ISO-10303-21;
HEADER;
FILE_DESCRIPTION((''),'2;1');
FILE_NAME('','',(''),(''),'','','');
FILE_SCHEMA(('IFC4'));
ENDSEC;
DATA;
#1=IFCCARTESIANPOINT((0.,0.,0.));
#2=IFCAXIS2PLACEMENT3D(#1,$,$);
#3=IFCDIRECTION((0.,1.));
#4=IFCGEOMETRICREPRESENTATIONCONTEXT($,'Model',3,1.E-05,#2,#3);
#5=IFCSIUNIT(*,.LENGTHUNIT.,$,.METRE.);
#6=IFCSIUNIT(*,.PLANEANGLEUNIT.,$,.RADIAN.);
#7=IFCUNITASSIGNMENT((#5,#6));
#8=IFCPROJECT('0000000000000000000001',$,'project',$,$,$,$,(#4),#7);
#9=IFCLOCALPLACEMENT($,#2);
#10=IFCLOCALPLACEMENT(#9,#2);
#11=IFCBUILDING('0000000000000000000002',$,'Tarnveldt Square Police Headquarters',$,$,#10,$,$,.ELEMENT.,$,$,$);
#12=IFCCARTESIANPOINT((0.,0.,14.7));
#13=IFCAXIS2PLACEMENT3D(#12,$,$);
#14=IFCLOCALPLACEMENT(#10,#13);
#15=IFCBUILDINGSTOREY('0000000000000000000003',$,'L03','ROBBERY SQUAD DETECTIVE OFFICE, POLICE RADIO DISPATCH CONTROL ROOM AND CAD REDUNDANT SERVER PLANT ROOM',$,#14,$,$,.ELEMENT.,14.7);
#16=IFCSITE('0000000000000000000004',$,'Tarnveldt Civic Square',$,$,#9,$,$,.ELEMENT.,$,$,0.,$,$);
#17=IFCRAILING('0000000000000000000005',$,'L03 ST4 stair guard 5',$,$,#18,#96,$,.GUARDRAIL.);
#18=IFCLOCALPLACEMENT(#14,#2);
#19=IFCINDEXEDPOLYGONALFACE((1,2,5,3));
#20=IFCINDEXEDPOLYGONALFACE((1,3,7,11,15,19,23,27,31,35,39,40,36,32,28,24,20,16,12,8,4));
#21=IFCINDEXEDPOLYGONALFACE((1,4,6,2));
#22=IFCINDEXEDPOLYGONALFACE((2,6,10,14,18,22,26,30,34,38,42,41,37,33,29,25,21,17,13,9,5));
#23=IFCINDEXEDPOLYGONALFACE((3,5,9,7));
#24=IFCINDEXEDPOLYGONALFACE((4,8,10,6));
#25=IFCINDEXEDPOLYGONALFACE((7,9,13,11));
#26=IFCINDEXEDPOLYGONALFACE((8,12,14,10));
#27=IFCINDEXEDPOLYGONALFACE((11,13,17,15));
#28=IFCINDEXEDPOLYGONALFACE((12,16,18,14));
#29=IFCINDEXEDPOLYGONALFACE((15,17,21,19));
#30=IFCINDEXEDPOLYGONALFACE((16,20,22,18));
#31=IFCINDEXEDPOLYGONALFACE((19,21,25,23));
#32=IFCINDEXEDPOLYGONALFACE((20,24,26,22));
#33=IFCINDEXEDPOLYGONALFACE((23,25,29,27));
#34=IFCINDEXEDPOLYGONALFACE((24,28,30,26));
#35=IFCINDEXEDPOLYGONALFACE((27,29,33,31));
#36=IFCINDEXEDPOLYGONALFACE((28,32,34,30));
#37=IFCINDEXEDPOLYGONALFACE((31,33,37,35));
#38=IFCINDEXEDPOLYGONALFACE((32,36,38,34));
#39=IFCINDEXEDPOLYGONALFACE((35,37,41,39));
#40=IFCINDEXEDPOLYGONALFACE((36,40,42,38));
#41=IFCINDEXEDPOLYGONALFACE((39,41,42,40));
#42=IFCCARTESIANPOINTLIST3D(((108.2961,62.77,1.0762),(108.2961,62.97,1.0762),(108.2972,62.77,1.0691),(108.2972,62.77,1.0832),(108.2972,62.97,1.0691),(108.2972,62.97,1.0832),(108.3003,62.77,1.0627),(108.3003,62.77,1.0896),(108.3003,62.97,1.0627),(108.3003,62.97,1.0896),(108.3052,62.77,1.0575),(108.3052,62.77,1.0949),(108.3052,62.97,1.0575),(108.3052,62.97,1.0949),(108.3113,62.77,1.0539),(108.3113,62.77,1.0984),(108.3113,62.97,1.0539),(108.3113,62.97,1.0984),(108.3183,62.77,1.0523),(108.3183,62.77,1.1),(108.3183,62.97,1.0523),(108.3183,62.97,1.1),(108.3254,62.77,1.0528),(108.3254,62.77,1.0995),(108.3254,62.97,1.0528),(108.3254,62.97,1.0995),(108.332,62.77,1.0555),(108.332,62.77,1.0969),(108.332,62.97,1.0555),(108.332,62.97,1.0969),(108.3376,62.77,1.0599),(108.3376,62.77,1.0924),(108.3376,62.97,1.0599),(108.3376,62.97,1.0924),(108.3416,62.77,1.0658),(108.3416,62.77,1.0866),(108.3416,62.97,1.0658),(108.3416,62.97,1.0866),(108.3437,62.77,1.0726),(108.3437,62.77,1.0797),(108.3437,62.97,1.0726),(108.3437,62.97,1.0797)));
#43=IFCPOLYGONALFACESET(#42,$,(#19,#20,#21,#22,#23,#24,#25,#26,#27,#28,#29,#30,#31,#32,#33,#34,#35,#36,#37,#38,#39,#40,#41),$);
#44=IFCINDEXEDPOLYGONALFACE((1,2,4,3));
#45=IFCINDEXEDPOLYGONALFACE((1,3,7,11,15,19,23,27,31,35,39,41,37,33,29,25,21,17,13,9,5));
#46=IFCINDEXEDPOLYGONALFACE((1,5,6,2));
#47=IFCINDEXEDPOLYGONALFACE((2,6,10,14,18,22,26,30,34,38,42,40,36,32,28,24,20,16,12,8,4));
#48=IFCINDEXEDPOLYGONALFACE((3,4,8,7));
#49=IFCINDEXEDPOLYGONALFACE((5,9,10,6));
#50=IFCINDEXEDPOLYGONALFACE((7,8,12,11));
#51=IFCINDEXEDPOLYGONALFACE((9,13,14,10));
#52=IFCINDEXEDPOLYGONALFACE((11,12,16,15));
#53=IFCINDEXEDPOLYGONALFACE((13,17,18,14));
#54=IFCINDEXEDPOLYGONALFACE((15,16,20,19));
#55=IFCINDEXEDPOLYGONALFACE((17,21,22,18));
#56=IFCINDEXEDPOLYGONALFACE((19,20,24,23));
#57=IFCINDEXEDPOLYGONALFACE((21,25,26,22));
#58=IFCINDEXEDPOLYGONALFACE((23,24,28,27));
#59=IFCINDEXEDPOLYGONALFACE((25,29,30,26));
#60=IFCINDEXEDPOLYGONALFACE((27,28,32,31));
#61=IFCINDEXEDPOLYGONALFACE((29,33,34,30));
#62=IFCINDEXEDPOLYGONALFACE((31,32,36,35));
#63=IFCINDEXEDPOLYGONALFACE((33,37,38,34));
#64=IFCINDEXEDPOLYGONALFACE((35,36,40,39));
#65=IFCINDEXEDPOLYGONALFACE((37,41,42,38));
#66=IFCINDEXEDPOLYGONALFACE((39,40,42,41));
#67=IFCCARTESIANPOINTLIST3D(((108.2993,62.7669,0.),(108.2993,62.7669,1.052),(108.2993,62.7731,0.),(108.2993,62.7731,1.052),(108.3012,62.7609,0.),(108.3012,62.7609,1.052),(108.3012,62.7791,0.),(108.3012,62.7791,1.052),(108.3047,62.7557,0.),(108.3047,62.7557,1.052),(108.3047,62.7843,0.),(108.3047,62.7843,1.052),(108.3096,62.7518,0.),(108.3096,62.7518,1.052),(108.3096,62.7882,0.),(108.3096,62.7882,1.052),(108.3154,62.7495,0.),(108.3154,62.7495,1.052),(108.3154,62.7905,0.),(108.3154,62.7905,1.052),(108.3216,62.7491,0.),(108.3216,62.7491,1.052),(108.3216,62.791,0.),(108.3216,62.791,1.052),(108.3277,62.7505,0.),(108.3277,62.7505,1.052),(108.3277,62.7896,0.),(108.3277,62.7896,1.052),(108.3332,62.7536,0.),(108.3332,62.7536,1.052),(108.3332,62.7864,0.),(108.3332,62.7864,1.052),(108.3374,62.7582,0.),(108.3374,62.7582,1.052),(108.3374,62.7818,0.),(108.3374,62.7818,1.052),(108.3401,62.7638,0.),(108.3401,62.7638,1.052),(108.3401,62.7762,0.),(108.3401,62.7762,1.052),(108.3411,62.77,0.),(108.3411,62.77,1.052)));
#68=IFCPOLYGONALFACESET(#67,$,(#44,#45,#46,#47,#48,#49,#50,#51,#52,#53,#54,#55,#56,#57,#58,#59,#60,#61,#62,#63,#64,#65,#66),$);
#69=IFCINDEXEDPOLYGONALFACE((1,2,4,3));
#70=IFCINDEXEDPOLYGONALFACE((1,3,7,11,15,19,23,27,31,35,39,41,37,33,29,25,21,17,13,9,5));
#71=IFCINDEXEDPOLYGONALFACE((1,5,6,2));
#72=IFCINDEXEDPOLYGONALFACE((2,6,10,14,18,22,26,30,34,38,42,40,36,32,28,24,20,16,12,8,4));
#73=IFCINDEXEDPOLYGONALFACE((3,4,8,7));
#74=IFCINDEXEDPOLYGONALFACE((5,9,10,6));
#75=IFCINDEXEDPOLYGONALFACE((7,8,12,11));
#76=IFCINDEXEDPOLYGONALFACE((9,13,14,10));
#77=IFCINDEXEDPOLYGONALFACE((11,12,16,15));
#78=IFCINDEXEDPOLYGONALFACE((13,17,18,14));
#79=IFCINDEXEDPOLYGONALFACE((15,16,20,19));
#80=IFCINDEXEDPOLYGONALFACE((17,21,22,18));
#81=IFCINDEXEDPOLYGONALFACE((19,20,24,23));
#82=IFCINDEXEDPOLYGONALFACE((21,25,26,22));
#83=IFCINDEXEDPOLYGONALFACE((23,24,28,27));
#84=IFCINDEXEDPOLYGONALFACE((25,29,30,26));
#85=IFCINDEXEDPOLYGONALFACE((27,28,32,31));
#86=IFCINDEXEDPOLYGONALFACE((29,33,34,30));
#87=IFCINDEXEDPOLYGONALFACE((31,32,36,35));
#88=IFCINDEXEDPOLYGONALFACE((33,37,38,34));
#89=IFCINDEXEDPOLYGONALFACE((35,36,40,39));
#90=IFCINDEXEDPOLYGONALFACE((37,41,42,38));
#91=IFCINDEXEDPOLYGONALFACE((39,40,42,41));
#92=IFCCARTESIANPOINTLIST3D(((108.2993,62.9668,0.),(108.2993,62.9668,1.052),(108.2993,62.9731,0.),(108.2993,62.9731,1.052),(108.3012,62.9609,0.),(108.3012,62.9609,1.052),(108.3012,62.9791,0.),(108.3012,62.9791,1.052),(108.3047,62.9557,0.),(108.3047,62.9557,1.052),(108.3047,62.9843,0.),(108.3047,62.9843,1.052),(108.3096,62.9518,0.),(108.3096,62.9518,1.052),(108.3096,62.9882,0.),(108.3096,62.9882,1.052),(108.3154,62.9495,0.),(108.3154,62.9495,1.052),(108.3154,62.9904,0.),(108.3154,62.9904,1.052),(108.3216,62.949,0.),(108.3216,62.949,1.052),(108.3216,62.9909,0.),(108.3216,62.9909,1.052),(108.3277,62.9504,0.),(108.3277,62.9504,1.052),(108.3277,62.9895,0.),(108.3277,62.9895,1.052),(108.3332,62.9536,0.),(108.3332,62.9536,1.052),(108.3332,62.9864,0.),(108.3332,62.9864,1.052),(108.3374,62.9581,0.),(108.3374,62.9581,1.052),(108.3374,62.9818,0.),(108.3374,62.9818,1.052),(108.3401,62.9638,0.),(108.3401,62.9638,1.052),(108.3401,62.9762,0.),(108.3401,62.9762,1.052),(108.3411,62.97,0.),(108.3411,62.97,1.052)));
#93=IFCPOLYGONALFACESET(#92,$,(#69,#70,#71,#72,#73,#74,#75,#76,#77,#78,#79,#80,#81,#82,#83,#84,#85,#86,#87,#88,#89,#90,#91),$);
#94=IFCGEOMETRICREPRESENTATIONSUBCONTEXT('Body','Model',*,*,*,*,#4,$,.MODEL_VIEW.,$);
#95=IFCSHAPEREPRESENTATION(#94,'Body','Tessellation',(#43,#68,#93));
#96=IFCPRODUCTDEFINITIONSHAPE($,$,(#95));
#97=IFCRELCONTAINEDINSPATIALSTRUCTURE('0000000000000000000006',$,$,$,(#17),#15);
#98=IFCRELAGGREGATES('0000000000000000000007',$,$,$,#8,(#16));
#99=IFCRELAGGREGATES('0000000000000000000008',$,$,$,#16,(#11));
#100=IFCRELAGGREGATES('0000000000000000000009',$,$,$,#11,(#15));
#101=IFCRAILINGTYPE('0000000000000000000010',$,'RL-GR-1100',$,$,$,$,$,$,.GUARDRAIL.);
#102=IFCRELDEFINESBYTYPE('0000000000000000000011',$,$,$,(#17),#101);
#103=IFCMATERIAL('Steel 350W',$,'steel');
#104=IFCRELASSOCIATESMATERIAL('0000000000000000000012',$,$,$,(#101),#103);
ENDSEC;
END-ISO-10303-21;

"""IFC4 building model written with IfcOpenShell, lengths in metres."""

from ifc_helpers import new_model, si_unit, direction, frame, origin, origin_2d, place, context, subcontext, project, spatial, circle, extrude, material, type_object, element, save


model = new_model("IFC4")

# Units and contexts
model_context = context("Model", 3, precision=1e-05, world=origin(), true_north=direction((0.0, 1.0)))
body_context = subcontext(model_context, "Body", "Model", "MODEL_VIEW")
ifc_project = project(units=[si_unit("LENGTHUNIT", "METRE"), si_unit("PLANEANGLEUNIT", "RADIAN")], contexts=[model_context])

# Site, building, storey
site_placement = place(None, origin())
site = spatial("IfcSite", under=ifc_project, at=site_placement, Name="Tarnveldt Civic Square", CompositionType="ELEMENT", RefElevation=0.0)
building_placement = place(site_placement, origin())
building = spatial("IfcBuilding", under=site, at=building_placement, Name="Tarnveldt Square Police Headquarters", CompositionType="ELEMENT")
storey_placement = place(building_placement, frame((0.0, 0.0, 14.7)))
storey = spatial("IfcBuildingStorey", under=building, at=storey_placement, Name="L03", Description="ROBBERY SQUAD DETECTIVE OFFICE, POLICE RADIO DISPATCH CONTROL ROOM AND CAD REDUNDANT SERVER PLANT ROOM", CompositionType="ELEMENT", Elevation=14.7)

# Shared definitions
ifc_material_1 = material(Name="Steel 350W", Category="steel")

# Railing
railing_type_1 = type_object("IfcRailingType", Name="RL-GR-1100", PredefinedType="GUARDRAIL", material=ifc_material_1)
railing_1_placement = place(storey_placement, frame((108.3201, 62.77, 0.0)))
element("IfcRailing", 1, at=railing_1_placement, inside=storey, type_object=railing_type_1, Name="L03 ST4 stair guard 5", PredefinedType="GUARDRAIL", context=body_context, shape_type="SweptSolid", body=[
    extrude(circle(Radius=0.0239, at=origin_2d()), frame((0.0, 0.0, 1.0762), z_axis=(0.0, 1.0, 0.0), x_axis=(-1.0, 0.0, 0.0)), (0.0, 0.0, 1.0), 0.2),
    extrude(circle(Radius=0.021, at=origin_2d()), origin(), (0.0, 0.0, 1.0), 1.052),
    extrude(circle(Radius=0.021, at=origin_2d()), frame((0.0, 0.2, 0.0)), (0.0, 0.0, 1.0), 1.052),
])

save(model, "model.ifc")
